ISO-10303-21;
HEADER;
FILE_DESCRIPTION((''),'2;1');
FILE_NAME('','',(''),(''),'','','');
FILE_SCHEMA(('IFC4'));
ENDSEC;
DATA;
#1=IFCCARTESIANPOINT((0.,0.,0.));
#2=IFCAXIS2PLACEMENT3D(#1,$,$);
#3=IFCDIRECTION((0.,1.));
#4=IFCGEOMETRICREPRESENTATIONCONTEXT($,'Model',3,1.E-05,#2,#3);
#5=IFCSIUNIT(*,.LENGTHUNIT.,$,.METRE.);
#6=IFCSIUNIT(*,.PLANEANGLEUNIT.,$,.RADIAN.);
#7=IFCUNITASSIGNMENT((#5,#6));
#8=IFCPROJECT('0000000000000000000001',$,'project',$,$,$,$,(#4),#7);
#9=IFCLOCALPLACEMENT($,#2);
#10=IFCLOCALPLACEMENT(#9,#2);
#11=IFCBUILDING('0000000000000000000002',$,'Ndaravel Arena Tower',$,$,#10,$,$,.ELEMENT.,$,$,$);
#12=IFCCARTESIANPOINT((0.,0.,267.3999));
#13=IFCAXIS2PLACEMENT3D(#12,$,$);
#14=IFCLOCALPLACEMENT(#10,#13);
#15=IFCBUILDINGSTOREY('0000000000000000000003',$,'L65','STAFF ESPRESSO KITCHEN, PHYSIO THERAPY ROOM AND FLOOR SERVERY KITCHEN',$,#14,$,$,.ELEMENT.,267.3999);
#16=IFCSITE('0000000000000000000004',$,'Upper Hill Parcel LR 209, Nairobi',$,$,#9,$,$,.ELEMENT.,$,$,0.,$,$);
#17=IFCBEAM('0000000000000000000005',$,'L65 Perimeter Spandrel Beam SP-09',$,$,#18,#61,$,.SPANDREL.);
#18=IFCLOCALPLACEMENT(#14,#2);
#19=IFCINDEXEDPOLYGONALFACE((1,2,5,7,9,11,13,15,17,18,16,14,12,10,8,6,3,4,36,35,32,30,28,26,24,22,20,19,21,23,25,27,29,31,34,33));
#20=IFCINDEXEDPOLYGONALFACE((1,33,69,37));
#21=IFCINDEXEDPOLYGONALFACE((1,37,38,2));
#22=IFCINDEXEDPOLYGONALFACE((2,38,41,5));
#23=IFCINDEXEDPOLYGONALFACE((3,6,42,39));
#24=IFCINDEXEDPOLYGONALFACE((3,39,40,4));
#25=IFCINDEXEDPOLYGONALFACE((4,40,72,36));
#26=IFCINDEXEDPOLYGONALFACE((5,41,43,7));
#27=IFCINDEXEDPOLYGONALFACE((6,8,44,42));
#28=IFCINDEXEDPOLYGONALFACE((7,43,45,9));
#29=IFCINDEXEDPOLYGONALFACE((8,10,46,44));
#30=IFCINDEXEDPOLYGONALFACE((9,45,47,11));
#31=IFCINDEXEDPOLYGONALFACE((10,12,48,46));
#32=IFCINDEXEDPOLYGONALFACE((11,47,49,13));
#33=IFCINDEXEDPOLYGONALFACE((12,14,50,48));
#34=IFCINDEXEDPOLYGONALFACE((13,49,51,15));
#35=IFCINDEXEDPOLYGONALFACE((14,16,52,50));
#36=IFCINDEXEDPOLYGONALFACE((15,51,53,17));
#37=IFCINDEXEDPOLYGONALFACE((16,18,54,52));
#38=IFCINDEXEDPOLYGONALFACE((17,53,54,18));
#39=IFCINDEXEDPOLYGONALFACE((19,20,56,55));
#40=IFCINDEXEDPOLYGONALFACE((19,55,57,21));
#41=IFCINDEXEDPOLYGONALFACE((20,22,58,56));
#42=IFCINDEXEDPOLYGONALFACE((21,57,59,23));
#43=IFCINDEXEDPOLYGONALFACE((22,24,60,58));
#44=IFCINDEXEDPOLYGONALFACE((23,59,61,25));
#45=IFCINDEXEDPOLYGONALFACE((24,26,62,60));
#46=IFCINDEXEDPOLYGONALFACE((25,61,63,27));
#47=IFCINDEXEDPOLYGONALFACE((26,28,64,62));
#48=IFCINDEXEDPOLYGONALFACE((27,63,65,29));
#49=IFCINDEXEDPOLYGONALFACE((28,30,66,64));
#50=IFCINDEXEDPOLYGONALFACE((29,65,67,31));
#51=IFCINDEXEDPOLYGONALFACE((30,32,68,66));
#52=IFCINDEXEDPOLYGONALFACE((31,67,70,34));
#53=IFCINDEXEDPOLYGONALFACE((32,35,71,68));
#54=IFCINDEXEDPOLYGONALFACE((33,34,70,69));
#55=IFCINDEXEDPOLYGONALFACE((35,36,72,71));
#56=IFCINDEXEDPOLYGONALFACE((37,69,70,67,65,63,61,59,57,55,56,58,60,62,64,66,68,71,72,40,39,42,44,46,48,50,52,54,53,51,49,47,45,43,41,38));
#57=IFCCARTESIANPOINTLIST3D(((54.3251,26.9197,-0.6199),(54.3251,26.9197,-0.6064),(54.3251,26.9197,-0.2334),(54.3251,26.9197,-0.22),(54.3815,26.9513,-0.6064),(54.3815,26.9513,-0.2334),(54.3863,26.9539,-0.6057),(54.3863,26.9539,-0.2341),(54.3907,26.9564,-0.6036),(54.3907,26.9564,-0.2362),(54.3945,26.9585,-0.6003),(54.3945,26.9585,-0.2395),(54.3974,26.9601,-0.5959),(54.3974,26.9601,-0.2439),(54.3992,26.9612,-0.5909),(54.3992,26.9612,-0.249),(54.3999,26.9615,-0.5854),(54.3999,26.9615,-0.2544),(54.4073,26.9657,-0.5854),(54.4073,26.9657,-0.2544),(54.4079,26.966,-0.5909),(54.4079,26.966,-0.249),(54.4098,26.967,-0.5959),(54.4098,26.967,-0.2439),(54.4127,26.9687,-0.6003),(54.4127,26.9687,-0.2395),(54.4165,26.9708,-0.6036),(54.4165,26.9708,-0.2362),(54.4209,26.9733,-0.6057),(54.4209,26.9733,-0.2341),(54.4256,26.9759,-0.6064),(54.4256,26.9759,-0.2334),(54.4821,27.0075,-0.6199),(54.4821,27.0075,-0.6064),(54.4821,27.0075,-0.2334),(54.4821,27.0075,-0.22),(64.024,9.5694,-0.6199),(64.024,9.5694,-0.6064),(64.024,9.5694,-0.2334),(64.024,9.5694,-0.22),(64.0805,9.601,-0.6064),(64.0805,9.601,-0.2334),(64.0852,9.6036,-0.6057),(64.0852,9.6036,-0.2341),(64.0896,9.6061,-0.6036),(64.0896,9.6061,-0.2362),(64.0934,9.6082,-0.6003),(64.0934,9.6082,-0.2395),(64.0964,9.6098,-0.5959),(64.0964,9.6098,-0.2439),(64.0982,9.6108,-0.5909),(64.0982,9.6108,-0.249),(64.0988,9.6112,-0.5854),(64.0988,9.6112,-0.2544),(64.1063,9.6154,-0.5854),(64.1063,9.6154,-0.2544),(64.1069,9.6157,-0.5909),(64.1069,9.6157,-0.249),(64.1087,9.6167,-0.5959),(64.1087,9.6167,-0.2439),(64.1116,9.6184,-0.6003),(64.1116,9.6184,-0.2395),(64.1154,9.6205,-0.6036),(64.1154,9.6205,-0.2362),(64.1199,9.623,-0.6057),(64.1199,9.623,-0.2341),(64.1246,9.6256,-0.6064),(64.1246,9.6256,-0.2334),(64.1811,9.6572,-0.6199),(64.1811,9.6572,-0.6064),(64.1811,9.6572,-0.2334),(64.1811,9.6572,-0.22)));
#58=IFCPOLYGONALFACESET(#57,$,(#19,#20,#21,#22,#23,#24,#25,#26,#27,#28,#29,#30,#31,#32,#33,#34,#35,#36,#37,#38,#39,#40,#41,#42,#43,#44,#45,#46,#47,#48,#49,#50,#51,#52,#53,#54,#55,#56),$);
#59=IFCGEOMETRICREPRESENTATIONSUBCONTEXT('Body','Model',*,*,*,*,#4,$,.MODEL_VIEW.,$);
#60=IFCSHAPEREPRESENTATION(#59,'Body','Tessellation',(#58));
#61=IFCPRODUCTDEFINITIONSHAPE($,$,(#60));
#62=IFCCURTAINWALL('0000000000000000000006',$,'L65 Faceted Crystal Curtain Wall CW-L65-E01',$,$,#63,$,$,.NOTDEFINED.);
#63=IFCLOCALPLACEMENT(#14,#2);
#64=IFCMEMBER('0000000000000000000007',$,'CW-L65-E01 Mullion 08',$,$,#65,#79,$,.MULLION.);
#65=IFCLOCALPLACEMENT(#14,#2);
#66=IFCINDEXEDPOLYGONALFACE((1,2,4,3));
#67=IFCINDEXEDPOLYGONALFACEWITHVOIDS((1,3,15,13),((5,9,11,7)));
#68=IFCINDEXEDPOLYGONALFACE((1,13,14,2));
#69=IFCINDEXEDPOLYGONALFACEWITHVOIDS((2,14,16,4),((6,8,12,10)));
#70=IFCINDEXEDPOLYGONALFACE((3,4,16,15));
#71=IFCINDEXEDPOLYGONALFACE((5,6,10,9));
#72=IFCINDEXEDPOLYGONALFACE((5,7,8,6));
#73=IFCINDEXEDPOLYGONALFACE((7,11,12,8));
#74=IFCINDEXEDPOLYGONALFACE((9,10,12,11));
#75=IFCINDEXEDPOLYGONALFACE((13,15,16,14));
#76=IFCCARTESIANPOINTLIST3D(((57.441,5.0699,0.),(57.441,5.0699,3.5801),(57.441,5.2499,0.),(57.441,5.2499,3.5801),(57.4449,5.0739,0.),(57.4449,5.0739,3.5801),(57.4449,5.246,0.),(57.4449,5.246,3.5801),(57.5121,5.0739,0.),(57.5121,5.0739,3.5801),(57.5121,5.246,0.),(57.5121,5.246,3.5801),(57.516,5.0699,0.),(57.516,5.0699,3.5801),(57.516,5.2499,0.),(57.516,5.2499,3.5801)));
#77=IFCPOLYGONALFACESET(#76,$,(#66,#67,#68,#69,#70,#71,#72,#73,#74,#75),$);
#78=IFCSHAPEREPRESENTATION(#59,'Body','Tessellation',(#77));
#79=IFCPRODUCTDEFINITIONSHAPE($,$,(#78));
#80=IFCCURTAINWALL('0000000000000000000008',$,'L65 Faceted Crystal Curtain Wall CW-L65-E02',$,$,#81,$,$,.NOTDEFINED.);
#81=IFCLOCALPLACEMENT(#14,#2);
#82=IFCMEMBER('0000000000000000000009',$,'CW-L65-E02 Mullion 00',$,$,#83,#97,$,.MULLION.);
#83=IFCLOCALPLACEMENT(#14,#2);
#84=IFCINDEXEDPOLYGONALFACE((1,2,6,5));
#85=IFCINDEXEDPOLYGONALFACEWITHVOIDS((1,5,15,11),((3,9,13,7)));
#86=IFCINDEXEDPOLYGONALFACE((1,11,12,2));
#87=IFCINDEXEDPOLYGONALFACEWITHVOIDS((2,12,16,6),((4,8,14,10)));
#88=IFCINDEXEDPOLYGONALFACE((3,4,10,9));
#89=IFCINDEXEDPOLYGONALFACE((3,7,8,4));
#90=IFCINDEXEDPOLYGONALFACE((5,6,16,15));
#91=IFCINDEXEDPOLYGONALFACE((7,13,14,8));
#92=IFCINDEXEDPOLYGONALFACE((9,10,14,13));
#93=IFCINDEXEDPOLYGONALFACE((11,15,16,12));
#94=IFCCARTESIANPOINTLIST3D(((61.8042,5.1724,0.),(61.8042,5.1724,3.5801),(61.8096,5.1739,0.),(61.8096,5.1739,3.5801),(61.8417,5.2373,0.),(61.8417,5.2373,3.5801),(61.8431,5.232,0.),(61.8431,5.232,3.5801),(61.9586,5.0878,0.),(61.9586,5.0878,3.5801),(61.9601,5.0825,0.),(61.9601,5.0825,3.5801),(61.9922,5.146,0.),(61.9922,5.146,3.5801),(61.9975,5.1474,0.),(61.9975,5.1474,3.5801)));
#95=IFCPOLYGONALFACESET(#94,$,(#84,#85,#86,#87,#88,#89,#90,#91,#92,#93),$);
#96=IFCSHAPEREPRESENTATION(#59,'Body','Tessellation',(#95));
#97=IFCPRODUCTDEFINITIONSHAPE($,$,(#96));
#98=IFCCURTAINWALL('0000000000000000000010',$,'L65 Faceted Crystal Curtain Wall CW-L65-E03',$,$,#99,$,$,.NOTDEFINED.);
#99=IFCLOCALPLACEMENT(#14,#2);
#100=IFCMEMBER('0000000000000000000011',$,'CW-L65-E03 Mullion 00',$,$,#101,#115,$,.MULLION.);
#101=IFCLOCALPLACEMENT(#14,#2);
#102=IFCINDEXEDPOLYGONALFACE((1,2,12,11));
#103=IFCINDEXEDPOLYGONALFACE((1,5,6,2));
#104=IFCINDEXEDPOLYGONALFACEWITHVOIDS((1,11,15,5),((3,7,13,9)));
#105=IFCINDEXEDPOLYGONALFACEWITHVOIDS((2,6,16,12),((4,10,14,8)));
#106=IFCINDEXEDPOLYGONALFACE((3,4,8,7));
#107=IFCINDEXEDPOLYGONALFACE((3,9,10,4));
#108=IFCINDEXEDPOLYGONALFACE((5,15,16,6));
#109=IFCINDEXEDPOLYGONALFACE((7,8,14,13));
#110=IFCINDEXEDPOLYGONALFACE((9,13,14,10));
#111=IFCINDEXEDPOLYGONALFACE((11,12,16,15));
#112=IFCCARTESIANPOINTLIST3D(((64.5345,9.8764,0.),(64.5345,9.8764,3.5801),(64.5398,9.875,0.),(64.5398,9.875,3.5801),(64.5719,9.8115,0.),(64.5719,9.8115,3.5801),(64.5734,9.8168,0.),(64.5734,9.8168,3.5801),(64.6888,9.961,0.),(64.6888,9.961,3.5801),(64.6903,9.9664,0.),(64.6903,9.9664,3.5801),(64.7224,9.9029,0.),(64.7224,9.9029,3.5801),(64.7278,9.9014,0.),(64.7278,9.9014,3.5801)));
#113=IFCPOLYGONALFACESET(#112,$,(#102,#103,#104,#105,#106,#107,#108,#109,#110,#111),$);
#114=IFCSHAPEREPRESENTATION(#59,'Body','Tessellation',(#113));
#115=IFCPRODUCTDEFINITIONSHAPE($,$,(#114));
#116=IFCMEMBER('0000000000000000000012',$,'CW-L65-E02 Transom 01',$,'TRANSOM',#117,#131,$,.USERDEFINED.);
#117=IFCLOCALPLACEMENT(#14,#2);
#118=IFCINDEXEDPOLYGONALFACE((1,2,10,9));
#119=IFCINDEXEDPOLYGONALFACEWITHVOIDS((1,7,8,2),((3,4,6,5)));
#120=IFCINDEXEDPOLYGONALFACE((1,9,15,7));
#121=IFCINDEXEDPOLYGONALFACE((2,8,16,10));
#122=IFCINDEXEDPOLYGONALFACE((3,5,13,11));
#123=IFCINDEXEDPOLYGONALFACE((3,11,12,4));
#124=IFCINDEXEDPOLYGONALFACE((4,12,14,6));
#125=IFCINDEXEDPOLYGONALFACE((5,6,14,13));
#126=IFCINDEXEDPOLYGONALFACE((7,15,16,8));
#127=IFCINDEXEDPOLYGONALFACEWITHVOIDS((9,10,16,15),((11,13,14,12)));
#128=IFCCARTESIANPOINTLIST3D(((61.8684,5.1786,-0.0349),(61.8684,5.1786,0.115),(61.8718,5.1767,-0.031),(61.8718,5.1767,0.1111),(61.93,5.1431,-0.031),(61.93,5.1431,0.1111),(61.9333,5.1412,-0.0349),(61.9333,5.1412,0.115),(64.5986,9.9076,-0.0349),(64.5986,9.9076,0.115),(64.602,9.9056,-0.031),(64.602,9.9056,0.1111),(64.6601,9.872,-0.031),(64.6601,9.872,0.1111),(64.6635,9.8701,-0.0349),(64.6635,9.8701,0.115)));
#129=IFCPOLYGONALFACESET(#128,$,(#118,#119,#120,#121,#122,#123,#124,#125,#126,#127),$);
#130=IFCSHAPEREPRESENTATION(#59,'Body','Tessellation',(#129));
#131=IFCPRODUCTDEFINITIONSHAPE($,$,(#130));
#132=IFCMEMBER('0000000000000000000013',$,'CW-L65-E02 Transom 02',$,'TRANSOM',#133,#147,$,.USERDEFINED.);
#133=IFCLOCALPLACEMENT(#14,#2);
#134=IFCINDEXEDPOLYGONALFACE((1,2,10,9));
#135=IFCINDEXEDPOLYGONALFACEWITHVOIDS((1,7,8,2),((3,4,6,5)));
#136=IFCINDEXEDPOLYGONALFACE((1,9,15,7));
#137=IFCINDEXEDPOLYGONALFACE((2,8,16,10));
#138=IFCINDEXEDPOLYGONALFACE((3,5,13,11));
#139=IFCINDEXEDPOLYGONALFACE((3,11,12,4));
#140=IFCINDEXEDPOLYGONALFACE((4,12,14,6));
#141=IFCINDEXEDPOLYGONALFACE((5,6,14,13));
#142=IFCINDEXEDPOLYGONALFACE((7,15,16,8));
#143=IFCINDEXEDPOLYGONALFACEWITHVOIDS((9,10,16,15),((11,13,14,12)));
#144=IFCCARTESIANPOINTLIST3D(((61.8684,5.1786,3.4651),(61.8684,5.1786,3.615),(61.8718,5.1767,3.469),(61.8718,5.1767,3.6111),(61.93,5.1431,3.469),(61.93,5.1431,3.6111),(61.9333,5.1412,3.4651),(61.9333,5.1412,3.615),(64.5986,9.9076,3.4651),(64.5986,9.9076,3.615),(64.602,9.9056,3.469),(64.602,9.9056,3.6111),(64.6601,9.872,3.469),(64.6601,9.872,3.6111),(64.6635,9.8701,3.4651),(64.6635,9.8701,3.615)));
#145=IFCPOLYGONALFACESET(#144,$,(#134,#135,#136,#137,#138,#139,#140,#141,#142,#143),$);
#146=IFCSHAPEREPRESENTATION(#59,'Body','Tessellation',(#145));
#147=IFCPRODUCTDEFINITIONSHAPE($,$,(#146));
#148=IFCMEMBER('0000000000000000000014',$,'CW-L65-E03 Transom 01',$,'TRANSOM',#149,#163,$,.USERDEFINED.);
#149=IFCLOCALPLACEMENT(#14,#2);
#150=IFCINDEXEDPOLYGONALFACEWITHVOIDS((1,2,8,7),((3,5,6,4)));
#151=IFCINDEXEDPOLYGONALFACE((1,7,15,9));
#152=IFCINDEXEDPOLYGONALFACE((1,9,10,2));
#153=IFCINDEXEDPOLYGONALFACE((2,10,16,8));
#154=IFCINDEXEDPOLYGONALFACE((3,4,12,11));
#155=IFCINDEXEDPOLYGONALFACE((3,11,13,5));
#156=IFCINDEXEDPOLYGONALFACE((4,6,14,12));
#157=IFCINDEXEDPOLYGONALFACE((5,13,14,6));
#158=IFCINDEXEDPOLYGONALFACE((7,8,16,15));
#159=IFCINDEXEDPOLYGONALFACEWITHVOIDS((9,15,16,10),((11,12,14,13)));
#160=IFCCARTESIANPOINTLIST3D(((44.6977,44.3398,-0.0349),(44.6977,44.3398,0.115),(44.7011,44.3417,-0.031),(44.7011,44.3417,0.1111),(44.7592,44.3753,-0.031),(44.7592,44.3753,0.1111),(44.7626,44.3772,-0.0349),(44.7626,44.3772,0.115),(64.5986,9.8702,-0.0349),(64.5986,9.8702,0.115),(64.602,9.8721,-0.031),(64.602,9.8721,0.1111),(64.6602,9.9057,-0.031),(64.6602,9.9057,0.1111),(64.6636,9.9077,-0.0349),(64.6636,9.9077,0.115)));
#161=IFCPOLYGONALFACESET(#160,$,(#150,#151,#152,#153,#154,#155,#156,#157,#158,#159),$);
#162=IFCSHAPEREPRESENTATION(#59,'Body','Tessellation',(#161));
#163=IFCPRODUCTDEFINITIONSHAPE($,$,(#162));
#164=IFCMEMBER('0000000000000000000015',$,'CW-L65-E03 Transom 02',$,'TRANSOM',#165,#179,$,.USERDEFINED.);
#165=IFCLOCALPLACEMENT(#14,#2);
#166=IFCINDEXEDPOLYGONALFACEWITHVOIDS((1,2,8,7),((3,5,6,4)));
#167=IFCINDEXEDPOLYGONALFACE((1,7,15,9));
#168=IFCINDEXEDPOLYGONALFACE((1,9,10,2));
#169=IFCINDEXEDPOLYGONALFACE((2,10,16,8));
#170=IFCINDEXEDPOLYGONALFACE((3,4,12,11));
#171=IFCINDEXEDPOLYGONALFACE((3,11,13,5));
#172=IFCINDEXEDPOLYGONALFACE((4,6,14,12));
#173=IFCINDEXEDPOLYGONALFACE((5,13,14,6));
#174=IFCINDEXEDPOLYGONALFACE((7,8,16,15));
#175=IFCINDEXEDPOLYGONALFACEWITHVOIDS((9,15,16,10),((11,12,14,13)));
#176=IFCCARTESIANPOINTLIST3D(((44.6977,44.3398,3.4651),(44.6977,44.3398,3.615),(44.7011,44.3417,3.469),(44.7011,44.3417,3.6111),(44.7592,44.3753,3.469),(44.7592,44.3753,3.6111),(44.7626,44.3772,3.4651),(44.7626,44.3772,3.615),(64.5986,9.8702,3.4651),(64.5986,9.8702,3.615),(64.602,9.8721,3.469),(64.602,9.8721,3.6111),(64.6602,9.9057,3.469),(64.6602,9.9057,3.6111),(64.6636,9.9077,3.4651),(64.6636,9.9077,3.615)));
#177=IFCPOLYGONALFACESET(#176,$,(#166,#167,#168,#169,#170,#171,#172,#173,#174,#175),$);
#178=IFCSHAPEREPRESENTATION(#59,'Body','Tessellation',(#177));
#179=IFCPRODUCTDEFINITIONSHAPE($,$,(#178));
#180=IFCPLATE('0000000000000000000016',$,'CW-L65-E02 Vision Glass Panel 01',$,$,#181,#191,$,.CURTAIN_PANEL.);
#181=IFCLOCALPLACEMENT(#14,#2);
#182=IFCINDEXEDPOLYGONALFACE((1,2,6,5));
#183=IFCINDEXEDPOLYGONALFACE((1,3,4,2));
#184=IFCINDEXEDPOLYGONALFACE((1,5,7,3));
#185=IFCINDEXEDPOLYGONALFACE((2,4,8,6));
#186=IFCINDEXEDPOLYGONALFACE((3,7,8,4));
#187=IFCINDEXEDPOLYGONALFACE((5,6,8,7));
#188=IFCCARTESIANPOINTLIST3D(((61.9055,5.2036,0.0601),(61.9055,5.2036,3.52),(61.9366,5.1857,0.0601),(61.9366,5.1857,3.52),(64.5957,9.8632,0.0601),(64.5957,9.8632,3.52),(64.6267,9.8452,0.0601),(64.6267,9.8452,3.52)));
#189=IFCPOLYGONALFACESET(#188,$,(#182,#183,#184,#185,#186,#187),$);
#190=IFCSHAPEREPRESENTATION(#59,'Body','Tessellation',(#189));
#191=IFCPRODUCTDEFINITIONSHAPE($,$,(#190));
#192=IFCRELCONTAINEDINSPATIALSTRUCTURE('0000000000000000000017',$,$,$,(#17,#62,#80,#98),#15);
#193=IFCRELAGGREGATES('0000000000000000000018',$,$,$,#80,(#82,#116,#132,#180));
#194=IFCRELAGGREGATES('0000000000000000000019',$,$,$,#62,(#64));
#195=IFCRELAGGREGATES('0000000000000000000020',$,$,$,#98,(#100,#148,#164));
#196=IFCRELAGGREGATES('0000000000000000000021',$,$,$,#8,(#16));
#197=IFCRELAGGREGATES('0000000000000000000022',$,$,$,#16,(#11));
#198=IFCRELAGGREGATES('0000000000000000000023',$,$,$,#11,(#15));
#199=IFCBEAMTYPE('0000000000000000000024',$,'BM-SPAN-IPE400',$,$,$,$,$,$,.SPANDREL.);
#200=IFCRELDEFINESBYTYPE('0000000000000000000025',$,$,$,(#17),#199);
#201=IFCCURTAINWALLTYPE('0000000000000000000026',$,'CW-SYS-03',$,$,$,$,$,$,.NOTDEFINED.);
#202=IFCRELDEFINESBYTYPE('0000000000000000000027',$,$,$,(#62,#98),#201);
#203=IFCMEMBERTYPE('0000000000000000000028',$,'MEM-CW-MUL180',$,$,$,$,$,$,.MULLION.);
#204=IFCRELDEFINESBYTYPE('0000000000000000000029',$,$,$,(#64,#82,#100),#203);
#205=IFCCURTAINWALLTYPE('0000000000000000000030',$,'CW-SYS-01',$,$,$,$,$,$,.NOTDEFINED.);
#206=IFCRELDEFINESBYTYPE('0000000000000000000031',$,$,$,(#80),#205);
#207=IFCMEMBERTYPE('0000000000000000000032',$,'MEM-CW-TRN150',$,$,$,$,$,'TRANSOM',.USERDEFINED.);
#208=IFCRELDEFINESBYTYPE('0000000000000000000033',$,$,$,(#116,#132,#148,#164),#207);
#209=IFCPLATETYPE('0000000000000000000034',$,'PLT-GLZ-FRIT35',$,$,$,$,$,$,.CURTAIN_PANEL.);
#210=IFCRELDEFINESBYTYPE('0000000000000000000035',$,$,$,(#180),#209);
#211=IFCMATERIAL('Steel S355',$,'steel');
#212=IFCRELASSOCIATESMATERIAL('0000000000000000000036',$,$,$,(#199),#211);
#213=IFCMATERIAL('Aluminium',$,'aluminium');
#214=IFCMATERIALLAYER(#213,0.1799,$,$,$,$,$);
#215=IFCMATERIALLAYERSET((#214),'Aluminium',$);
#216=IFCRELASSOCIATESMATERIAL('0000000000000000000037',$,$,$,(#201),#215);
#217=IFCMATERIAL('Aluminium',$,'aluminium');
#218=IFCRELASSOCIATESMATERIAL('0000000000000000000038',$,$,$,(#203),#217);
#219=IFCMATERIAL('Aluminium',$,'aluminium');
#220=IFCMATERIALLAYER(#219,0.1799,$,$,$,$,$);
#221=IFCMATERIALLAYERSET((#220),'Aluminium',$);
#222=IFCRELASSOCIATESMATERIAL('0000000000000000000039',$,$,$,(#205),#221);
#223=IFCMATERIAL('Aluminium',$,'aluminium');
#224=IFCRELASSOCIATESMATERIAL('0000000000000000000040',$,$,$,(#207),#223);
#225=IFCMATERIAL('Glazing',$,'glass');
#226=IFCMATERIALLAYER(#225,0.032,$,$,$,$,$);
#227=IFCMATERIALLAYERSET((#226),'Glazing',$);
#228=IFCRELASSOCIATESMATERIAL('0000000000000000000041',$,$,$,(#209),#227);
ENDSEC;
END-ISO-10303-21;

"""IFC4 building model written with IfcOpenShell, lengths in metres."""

from ifc_helpers import new_model, si_unit, direction, frame, origin, origin_2d, place, context, subcontext, project, spatial, rectangle, hollow_rectangle, i_section, extrude, material, layer, layer_set, material_profile, profile_set, type_object, element, aggregate, save


model = new_model("IFC4")

# Units and contexts
model_context = context("Model", 3, precision=1e-05, world=origin(), true_north=direction((0.0, 1.0)))
body_context = subcontext(model_context, "Body", "Model", "MODEL_VIEW")
ifc_project = project(units=[si_unit("LENGTHUNIT", "METRE"), si_unit("PLANEANGLEUNIT", "RADIAN")], contexts=[model_context])

# Site, building, storey
site_placement = place(None, origin())
site = spatial("IfcSite", under=ifc_project, at=site_placement, Name="Upper Hill Parcel LR 209, Nairobi", CompositionType="ELEMENT", RefElevation=0.0)
building_placement = place(site_placement, origin())
building = spatial("IfcBuilding", under=site, at=building_placement, Name="Ndaravel Arena Tower", CompositionType="ELEMENT")
storey_placement = place(building_placement, frame((0.0, 0.0, 267.3999)))
storey = spatial("IfcBuildingStorey", under=building, at=storey_placement, Name="L65", Description="STAFF ESPRESSO KITCHEN, PHYSIO THERAPY ROOM AND FLOOR SERVERY KITCHEN", CompositionType="ELEMENT", Elevation=267.3999)

# Beam
ifc_material_1 = material(Name="Steel S355", Category="steel")
ifc_material_profile_1 = material_profile(ifc_material_1, i_section(OverallWidth=0.1799, OverallDepth=0.3999, WebThickness=0.0085, FlangeThickness=0.0134, FilletRadius=0.021, at=origin_2d()), Name="IPE 400")
ifc_profile_set_1 = profile_set([ifc_material_profile_1], Name="Steel S355")
beam_type = type_object("IfcBeamType", Name="BM-SPAN-IPE400", PredefinedType="SPANDREL", material=ifc_profile_set_1)
beam_1_placement = place(storey_placement, frame((64.1025, 9.6133, -0.4199), z_axis=(-0.487944, 0.872875, 0.0), x_axis=(-0.872875, -0.487944, 0.0)))
element("IfcBeam", 1, at=beam_1_placement, inside=storey, type_object=beam_type, Name="L65 Perimeter Spandrel Beam SP-09", PredefinedType="SPANDREL", context=body_context, shape_type="SweptSolid", body=[
    extrude(i_section(OverallWidth=0.1799, OverallDepth=0.3999, WebThickness=0.0085, FlangeThickness=0.0134, FilletRadius=0.021, at=origin_2d()), origin(), (0.0, 0.0, 1.0), 19.8772),
])

# Curtain walls, members
ifc_material_2 = material(Name="Aluminium", Category="aluminium")
ifc_layer_1 = layer(ifc_material_2, 0.1799)
ifc_layer_set_1 = layer_set([ifc_layer_1], Name="Aluminium")
curtain_wall_type_1 = type_object("IfcCurtainWallType", Name="CW-SYS-03", PredefinedType="NOTDEFINED", material=ifc_layer_set_1)
curtain_wall_1_placement = place(storey_placement, origin())
curtain_wall_1 = element("IfcCurtainWall", 2, at=curtain_wall_1_placement, inside=storey, type_object=curtain_wall_type_1, Name="L65 Faceted Crystal Curtain Wall CW-L65-E01", PredefinedType="NOTDEFINED")
ifc_material_3 = material(Name="Aluminium", Category="aluminium")
ifc_material_profile_2 = material_profile(ifc_material_3, hollow_rectangle(XDim=0.075, YDim=0.1799, WallThickness=0.0039, at=origin_2d()), Name="CW MULLION 75x180x4")
ifc_profile_set_2 = profile_set([ifc_material_profile_2], Name="Aluminium")
member_type_1 = type_object("IfcMemberType", Name="MEM-CW-MUL180", PredefinedType="MULLION", material=ifc_profile_set_2)
member_1_placement = place(storey_placement, frame((57.4785, 5.1599, 0.0), z_axis=(0.0, 0.0, 1.0), x_axis=(1.0, 0.0, 0.0)))
member_1 = element("IfcMember", 3, at=member_1_placement, type_object=member_type_1, Name="CW-L65-E01 Mullion 08", PredefinedType="MULLION", context=body_context, shape_type="SweptSolid", body=[
    extrude(hollow_rectangle(XDim=0.075, YDim=0.1799, WallThickness=0.0039, at=origin_2d()), origin(), (0.0, 0.0, 1.0), 3.5801),
])
ifc_material_4 = material(Name="Aluminium", Category="aluminium")
ifc_layer_2 = layer(ifc_material_4, 0.1799)
ifc_layer_set_2 = layer_set([ifc_layer_2], Name="Aluminium")
curtain_wall_type_2 = type_object("IfcCurtainWallType", Name="CW-SYS-01", PredefinedType="NOTDEFINED", material=ifc_layer_set_2)
curtain_wall_2_placement = place(storey_placement, origin())
curtain_wall_2 = element("IfcCurtainWall", 4, at=curtain_wall_2_placement, inside=storey, type_object=curtain_wall_type_2, Name="L65 Faceted Crystal Curtain Wall CW-L65-E02", PredefinedType="NOTDEFINED")
member_2_placement = place(storey_placement, frame((61.9009, 5.1599, 0.0), z_axis=(0.0, 0.0, 1.0), x_axis=(0.5, 0.866025, 0.0)))
member_2 = element("IfcMember", 5, at=member_2_placement, type_object=member_type_1, Name="CW-L65-E02 Mullion 00", PredefinedType="MULLION", context=body_context, shape_type="SweptSolid", body=[
    extrude(hollow_rectangle(XDim=0.075, YDim=0.1799, WallThickness=0.0039, at=origin_2d()), origin(), (0.0, 0.0, 1.0), 3.5801),
])
curtain_wall_3_placement = place(storey_placement, origin())
curtain_wall_3 = element("IfcCurtainWall", 6, at=curtain_wall_3_placement, inside=storey, type_object=curtain_wall_type_1, Name="L65 Faceted Crystal Curtain Wall CW-L65-E03", PredefinedType="NOTDEFINED")
member_3_placement = place(storey_placement, frame((64.6311, 9.8889, 0.0), z_axis=(0.0, 0.0, 1.0), x_axis=(-0.5, 0.866025, 0.0)))
member_3 = element("IfcMember", 7, at=member_3_placement, type_object=member_type_1, Name="CW-L65-E03 Mullion 00", PredefinedType="MULLION", context=body_context, shape_type="SweptSolid", body=[
    extrude(hollow_rectangle(XDim=0.075, YDim=0.1799, WallThickness=0.0039, at=origin_2d()), origin(), (0.0, 0.0, 1.0), 3.5801),
])

# Members
ifc_material_5 = material(Name="Aluminium", Category="aluminium")
ifc_material_profile_3 = material_profile(ifc_material_5, hollow_rectangle(XDim=0.075, YDim=0.1499, WallThickness=0.0039, at=origin_2d()), Name="CW TRANSOM 75x150x4")
ifc_profile_set_3 = profile_set([ifc_material_profile_3], Name="Aluminium")
member_type_2 = type_object("IfcMemberType", Name="MEM-CW-TRN150", ElementType="TRANSOM", PredefinedType="USERDEFINED", material=ifc_profile_set_3)
member_4_placement = place(storey_placement, frame((61.9009, 5.1599, 0.04), z_axis=(0.499991, 0.866031, 0.0), x_axis=(-0.866031, 0.499991, 0.0)))
member_4 = element("IfcMember", 8, at=member_4_placement, type_object=member_type_2, Name="CW-L65-E02 Transom 01", ObjectType="TRANSOM", PredefinedType="USERDEFINED", context=body_context, shape_type="SweptSolid", body=[
    extrude(hollow_rectangle(XDim=0.075, YDim=0.1499, WallThickness=0.0039, at=origin_2d()), origin(), (0.0, 0.0, 1.0), 5.4604),
])
member_5_placement = place(storey_placement, frame((61.9009, 5.1599, 3.54), z_axis=(0.499991, 0.866031, 0.0), x_axis=(-0.866031, 0.499991, 0.0)))
member_5 = element("IfcMember", 9, at=member_5_placement, type_object=member_type_2, Name="CW-L65-E02 Transom 02", ObjectType="TRANSOM", PredefinedType="USERDEFINED", context=body_context, shape_type="SweptSolid", body=[
    extrude(hollow_rectangle(XDim=0.075, YDim=0.1499, WallThickness=0.0039, at=origin_2d()), origin(), (0.0, 0.0, 1.0), 5.4604),
])
member_6_placement = place(storey_placement, frame((64.6311, 9.8889, 0.04), z_axis=(-0.499998, 0.866026, 0.0), x_axis=(-0.866026, -0.499998, 0.0)))
member_6 = element("IfcMember", 10, at=member_6_placement, type_object=member_type_2, Name="CW-L65-E03 Transom 01", ObjectType="TRANSOM", PredefinedType="USERDEFINED", context=body_context, shape_type="SweptSolid", body=[
    extrude(hollow_rectangle(XDim=0.075, YDim=0.1499, WallThickness=0.0039, at=origin_2d()), origin(), (0.0, 0.0, 1.0), 39.802),
])
member_7_placement = place(storey_placement, frame((64.6311, 9.8889, 3.54), z_axis=(-0.499998, 0.866026, 0.0), x_axis=(-0.866026, -0.499998, 0.0)))
member_7 = element("IfcMember", 11, at=member_7_placement, type_object=member_type_2, Name="CW-L65-E03 Transom 02", ObjectType="TRANSOM", PredefinedType="USERDEFINED", context=body_context, shape_type="SweptSolid", body=[
    extrude(hollow_rectangle(XDim=0.075, YDim=0.1499, WallThickness=0.0039, at=origin_2d()), origin(), (0.0, 0.0, 1.0), 39.802),
])

# Plate
ifc_material_6 = material(Name="Glazing", Category="glass")
ifc_layer_3 = layer(ifc_material_6, 0.032)
ifc_layer_set_3 = layer_set([ifc_layer_3], Name="Glazing")
plate_type_1 = type_object("IfcPlateType", Name="PLT-GLZ-FRIT35", PredefinedType="CURTAIN_PANEL", material=ifc_layer_set_3)
plate_1_placement = place(storey_placement, frame((63.2661, 7.5244, 0.0601), z_axis=(0.0, 0.0, 1.0), x_axis=(0.5, 0.866025, 0.0)))
plate_1 = element("IfcPlate", 12, at=plate_1_placement, type_object=plate_type_1, Name="CW-L65-E02 Vision Glass Panel 01", PredefinedType="CURTAIN_PANEL", context=body_context, shape_type="SweptSolid", body=[
    extrude(rectangle(XDim=5.3804, YDim=0.0359, at=origin_2d()), origin(), (0.0, 0.0, 1.0), 3.46),
])
aggregate(curtain_wall_2, [member_2, member_4, member_5, plate_1])
aggregate(curtain_wall_1, [member_1])
aggregate(curtain_wall_3, [member_3, member_6, member_7])

save(model, "model.ifc")
